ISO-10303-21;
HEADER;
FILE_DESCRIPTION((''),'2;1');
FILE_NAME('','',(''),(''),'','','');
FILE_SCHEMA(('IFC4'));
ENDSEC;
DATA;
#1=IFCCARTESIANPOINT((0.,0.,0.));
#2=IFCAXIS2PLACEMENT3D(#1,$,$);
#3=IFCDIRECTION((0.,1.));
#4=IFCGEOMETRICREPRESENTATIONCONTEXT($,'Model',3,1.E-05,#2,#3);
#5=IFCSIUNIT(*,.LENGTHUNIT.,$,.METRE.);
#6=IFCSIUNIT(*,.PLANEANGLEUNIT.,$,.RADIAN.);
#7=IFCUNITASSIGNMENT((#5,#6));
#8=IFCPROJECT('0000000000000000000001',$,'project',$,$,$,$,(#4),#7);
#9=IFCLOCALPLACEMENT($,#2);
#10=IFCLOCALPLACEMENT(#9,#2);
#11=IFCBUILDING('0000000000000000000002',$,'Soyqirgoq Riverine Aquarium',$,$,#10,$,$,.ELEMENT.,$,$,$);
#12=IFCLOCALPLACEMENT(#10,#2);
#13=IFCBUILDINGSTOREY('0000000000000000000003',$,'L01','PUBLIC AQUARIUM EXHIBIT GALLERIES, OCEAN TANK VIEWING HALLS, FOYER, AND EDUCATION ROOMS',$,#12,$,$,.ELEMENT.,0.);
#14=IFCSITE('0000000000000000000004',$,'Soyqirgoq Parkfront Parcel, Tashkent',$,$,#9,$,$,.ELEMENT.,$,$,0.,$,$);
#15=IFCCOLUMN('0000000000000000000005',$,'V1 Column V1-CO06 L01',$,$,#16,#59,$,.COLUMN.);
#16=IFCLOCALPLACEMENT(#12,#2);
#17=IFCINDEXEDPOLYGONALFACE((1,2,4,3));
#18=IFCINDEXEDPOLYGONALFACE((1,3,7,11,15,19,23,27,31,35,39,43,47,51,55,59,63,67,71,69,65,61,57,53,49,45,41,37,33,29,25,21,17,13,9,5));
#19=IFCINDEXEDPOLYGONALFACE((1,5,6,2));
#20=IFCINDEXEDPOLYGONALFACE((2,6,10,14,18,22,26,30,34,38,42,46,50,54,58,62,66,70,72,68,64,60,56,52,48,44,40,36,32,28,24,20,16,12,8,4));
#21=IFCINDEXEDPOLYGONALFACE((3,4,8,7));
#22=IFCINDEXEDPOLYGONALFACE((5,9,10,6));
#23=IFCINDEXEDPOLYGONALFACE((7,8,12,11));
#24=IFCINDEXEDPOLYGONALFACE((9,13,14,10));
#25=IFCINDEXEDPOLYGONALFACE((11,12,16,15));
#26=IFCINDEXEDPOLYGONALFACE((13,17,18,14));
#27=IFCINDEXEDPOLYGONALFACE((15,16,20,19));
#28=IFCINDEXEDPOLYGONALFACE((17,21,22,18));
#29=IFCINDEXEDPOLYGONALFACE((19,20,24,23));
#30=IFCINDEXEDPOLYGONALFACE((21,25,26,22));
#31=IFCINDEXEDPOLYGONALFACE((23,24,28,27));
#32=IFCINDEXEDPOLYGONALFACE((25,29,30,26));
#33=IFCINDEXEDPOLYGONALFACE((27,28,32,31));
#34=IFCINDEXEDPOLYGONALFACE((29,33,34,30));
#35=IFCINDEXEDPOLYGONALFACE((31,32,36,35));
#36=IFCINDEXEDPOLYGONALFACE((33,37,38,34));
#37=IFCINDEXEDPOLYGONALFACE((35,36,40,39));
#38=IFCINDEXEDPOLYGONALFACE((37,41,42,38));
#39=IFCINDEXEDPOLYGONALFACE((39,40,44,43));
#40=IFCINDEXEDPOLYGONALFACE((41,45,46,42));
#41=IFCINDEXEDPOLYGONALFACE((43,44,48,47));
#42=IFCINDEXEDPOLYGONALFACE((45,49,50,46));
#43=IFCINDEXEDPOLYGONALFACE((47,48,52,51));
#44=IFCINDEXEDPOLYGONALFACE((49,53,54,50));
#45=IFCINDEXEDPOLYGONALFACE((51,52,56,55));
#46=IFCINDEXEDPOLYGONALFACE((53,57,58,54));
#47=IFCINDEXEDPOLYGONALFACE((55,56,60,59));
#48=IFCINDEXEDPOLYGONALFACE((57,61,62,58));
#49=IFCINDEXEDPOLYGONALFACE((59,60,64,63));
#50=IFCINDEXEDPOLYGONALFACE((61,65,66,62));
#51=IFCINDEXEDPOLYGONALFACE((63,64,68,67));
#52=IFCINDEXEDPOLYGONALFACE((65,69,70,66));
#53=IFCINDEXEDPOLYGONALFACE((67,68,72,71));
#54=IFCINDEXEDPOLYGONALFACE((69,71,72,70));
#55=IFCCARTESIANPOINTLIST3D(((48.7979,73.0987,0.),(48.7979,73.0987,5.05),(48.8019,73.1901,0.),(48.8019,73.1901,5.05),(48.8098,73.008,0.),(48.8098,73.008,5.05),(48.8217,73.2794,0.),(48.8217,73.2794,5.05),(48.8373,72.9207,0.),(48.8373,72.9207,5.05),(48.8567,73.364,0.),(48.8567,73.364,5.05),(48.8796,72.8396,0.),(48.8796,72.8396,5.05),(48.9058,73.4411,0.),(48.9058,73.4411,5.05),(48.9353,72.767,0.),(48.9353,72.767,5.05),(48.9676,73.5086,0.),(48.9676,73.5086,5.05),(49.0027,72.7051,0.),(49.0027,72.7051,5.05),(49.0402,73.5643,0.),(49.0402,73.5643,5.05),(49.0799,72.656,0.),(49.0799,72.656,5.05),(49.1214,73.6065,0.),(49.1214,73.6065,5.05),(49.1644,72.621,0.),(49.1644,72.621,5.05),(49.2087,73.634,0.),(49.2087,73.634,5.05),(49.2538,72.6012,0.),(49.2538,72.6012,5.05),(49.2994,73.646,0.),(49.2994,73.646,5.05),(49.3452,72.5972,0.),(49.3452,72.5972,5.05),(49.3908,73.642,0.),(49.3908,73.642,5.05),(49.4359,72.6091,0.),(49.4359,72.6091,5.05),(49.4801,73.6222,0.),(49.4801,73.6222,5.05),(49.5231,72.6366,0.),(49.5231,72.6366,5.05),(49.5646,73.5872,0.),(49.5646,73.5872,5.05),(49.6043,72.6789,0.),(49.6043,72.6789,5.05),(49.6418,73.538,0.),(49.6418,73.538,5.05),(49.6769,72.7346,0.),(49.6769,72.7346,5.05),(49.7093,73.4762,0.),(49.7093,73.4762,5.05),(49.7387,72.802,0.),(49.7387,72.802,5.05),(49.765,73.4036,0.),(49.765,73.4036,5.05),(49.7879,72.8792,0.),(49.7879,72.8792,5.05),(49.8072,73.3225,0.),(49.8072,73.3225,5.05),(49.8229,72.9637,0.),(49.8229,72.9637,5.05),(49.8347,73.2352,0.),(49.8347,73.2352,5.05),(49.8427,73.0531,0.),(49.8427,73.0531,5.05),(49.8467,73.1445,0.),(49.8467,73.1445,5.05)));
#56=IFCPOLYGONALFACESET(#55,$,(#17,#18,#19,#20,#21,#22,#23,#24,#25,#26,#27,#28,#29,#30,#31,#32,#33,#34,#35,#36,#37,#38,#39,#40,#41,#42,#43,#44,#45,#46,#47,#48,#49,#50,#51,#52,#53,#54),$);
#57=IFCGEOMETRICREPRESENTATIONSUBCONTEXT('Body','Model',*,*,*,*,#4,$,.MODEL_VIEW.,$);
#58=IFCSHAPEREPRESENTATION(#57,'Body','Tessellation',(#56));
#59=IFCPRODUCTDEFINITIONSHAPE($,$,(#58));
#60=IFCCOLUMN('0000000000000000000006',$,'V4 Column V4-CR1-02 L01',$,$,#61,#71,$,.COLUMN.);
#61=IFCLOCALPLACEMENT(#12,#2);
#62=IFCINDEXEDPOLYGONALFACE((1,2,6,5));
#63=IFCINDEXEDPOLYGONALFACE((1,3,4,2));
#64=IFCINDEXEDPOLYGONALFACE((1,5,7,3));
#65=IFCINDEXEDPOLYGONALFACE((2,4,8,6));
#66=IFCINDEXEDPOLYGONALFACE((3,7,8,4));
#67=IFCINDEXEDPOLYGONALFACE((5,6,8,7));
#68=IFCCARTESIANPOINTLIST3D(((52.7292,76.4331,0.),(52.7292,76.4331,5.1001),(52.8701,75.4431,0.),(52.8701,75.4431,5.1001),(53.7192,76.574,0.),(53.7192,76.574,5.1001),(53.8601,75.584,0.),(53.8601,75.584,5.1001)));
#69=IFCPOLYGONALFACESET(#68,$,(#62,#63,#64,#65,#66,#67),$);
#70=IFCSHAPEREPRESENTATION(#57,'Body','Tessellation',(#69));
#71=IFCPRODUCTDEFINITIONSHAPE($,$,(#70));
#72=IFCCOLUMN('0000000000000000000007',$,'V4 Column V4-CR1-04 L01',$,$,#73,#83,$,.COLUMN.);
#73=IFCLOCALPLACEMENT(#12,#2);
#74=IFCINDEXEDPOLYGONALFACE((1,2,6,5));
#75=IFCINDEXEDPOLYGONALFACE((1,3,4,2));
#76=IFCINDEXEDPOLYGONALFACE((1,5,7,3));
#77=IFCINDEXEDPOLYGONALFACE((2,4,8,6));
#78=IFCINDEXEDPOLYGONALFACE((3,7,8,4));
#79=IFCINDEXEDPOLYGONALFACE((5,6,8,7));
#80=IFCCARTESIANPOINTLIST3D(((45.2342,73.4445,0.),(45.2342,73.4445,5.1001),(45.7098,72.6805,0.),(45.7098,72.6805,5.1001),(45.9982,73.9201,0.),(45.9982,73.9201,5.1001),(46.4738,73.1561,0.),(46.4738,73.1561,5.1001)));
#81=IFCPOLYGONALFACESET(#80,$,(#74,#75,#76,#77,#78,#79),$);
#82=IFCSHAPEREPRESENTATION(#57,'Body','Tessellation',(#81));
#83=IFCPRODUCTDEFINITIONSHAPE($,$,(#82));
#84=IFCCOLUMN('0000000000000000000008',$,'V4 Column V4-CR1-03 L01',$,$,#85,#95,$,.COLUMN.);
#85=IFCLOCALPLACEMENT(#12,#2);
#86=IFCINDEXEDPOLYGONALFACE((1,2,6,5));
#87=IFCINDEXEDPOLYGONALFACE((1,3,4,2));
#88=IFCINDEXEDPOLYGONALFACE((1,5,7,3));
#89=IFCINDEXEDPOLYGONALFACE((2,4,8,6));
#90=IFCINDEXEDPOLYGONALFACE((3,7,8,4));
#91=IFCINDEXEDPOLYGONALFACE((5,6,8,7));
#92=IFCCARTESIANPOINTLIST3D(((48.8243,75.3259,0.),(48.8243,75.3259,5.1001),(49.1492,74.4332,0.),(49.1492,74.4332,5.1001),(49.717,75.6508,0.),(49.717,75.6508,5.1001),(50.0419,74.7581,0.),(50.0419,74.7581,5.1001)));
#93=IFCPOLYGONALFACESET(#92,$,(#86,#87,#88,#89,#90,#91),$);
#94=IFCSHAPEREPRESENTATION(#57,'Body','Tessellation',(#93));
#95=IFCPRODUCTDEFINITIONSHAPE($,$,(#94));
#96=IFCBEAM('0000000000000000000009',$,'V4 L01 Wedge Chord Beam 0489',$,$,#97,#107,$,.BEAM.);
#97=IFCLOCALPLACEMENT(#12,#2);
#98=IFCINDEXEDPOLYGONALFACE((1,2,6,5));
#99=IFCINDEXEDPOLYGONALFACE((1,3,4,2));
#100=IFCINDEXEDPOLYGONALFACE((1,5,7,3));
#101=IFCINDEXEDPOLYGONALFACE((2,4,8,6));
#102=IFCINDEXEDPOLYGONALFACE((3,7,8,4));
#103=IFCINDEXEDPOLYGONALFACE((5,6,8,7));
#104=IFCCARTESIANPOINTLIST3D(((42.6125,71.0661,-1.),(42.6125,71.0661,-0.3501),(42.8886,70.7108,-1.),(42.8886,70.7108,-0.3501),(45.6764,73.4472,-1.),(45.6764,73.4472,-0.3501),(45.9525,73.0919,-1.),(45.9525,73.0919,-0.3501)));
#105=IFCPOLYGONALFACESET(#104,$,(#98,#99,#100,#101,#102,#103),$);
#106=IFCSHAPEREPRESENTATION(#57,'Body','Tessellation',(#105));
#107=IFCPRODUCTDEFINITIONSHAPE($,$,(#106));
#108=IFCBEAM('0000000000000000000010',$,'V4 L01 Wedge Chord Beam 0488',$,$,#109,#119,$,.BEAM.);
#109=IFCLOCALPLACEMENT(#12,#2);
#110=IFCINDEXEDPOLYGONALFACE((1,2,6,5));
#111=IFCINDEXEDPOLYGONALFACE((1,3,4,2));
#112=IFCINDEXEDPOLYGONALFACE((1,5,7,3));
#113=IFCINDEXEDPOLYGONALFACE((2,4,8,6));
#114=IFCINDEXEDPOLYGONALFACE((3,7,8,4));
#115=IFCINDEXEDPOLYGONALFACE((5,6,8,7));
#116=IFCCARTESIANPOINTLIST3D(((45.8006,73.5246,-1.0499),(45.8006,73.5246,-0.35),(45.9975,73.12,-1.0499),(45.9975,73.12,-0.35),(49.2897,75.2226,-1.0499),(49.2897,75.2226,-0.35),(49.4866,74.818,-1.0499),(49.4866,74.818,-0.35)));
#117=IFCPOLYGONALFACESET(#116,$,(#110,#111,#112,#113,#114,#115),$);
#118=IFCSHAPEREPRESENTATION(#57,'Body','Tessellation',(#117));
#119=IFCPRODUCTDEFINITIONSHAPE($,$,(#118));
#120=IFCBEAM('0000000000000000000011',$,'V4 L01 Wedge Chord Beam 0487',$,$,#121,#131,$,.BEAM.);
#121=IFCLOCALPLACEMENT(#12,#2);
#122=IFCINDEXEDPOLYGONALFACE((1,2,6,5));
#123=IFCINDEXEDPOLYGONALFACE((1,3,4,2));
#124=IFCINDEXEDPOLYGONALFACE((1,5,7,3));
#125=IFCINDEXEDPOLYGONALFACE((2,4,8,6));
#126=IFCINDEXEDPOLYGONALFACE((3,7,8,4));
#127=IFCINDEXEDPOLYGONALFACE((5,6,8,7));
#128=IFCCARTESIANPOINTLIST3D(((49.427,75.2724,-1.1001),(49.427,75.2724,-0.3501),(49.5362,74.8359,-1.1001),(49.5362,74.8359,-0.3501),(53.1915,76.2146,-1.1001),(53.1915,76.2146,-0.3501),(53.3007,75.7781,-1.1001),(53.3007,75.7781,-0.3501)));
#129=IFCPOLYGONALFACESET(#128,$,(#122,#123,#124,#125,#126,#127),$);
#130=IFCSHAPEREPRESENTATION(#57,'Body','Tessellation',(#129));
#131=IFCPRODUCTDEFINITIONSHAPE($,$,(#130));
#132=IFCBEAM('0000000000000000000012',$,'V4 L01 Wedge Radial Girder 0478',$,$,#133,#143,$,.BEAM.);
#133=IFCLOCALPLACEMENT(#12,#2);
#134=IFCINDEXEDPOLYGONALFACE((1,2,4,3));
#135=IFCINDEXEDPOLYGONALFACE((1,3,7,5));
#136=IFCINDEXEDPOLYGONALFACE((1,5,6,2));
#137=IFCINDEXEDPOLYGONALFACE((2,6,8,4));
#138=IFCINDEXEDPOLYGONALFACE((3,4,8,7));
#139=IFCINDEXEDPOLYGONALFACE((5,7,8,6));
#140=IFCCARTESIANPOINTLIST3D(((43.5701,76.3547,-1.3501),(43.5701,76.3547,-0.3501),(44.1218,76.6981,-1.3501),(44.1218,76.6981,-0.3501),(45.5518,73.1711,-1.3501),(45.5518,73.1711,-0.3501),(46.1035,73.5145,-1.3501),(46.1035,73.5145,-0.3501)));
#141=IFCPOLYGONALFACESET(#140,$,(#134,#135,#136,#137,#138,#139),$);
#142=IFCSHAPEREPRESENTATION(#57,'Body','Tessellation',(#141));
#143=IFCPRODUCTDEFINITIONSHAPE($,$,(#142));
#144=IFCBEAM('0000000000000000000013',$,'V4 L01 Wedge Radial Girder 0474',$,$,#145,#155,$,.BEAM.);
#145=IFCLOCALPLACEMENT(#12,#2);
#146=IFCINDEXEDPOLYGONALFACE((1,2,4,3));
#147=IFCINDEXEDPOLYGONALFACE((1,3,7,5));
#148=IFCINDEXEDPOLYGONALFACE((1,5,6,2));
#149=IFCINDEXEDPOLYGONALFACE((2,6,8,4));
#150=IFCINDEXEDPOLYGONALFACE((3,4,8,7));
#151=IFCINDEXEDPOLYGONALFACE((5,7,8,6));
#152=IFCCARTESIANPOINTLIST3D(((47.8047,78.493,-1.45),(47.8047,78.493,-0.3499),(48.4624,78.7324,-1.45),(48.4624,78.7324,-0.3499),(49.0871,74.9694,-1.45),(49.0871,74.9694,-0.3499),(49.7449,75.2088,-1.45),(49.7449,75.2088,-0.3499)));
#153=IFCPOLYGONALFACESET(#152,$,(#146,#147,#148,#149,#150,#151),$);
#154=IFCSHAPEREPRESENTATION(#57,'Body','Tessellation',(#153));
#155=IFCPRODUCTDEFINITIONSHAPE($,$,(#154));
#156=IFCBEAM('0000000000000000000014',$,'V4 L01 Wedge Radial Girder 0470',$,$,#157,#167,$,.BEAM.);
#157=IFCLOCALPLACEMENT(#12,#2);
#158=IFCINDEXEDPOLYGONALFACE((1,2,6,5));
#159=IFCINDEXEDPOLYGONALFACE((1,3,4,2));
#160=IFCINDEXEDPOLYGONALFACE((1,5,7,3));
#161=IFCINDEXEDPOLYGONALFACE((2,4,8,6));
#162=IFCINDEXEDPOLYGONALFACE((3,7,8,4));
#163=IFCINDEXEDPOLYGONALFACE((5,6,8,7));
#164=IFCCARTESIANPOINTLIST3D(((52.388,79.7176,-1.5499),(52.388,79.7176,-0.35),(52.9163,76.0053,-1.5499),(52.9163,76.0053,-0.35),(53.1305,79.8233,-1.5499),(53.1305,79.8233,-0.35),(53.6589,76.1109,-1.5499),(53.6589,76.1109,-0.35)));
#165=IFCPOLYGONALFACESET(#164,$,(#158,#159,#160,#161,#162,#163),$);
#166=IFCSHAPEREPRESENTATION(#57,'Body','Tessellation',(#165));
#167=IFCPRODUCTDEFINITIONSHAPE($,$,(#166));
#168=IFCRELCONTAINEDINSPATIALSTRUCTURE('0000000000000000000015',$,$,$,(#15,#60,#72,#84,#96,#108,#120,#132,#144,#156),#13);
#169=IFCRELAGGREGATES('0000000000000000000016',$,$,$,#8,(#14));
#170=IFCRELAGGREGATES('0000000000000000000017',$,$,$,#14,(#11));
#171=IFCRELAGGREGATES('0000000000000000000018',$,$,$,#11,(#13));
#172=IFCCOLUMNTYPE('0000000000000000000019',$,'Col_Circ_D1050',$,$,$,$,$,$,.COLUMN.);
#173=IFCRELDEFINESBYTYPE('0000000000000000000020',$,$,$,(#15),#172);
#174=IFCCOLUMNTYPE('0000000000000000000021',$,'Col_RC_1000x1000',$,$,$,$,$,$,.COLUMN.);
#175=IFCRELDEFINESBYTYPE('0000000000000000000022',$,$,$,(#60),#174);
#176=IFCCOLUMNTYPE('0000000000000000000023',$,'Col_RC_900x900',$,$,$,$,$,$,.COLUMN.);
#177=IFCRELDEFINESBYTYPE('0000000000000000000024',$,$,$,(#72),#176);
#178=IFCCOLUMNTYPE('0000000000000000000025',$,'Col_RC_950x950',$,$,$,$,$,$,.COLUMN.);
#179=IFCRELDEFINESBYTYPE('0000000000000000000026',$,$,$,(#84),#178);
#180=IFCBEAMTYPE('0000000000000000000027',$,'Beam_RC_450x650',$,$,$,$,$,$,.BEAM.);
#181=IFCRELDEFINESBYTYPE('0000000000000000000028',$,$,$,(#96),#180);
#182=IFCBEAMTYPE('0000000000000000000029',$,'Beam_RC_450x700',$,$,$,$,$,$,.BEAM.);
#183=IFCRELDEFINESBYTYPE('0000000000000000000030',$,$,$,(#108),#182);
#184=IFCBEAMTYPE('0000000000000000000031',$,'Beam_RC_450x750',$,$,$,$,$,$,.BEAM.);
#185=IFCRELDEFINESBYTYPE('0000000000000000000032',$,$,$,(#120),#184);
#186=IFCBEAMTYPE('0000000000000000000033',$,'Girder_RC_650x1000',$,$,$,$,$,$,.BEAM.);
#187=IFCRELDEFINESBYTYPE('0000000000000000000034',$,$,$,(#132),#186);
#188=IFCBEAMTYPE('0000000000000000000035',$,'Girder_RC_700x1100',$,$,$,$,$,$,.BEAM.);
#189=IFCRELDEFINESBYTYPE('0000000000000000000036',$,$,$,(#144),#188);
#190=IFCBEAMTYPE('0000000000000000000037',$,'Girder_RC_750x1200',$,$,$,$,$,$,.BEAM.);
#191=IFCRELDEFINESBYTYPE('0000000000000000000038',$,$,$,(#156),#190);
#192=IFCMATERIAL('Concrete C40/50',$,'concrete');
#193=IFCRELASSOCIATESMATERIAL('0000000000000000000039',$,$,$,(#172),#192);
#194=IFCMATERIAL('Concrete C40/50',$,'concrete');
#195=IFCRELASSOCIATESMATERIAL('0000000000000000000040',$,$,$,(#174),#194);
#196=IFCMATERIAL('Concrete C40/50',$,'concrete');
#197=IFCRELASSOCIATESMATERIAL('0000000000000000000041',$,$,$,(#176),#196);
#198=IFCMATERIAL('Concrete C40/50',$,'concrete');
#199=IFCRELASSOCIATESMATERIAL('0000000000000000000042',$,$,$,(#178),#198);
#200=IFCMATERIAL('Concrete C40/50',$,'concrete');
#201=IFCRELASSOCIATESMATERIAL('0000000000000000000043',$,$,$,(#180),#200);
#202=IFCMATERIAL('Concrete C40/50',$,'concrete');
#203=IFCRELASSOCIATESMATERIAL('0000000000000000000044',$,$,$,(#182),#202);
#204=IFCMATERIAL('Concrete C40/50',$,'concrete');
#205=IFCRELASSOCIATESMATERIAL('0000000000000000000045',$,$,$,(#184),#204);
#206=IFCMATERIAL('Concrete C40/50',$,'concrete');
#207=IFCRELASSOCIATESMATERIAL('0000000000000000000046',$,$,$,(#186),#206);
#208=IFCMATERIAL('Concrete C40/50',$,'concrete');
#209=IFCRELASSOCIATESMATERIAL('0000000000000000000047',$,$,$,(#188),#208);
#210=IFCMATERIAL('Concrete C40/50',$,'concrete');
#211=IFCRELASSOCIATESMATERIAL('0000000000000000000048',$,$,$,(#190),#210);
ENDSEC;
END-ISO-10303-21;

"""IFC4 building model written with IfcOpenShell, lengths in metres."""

from ifc_helpers import new_model, si_unit, direction, frame, origin, origin_2d, place, context, subcontext, project, spatial, rectangle, circle, extrude, material, material_profile, profile_set, type_object, element, save


model = new_model("IFC4")

# Units and contexts
model_context = context("Model", 3, precision=1e-05, world=origin(), true_north=direction((0.0, 1.0)))
body_context = subcontext(model_context, "Body", "Model", "MODEL_VIEW")
ifc_project = project(units=[si_unit("LENGTHUNIT", "METRE"), si_unit("PLANEANGLEUNIT", "RADIAN")], contexts=[model_context])

# Site, building, storey
site_placement = place(None, origin())
site = spatial("IfcSite", under=ifc_project, at=site_placement, Name="Soyqirgoq Parkfront Parcel, Tashkent", CompositionType="ELEMENT", RefElevation=0.0)
building_placement = place(site_placement, origin())
building = spatial("IfcBuilding", under=site, at=building_placement, Name="Soyqirgoq Riverine Aquarium", CompositionType="ELEMENT")
storey_placement = place(building_placement, origin())
storey = spatial("IfcBuildingStorey", under=building, at=storey_placement, Name="L01", Description="PUBLIC AQUARIUM EXHIBIT GALLERIES, OCEAN TANK VIEWING HALLS, FOYER, AND EDUCATION ROOMS", CompositionType="ELEMENT", Elevation=0.0)

# Columns
ifc_material_1 = material(Name="Concrete C40/50", Category="concrete")
ifc_material_profile_1 = material_profile(ifc_material_1, circle(Radius=0.5249, at=origin_2d()), Name="RC-COL D1050")
ifc_profile_set_1 = profile_set([ifc_material_profile_1], Name="Concrete C40/50")
column_type_1 = type_object("IfcColumnType", Name="Col_Circ_D1050", PredefinedType="COLUMN", material=ifc_profile_set_1)
column_1_placement = place(storey_placement, frame((49.3223, 73.1216, 0.0), z_axis=(0.0, 0.0, 1.0), x_axis=(-0.382683, 0.92388, 0.0)))
element("IfcColumn", 1, at=column_1_placement, inside=storey, type_object=column_type_1, Name="V1 Column V1-CO06 L01", PredefinedType="COLUMN", context=body_context, shape_type="SweptSolid", body=[
    extrude(circle(Radius=0.5249, at=origin_2d()), origin(), (0.0, 0.0, 1.0), 5.05),
])
ifc_material_2 = material(Name="Concrete C40/50", Category="concrete")
ifc_material_profile_2 = material_profile(ifc_material_2, rectangle(XDim=1.0, YDim=1.0, at=origin_2d()), Name="RC 1000x1000")
ifc_profile_set_2 = profile_set([ifc_material_profile_2], Name="Concrete C40/50")
column_type_2 = type_object("IfcColumnType", Name="Col_RC_1000x1000", PredefinedType="COLUMN", material=ifc_profile_set_2)
column_2_placement = place(storey_placement, frame((53.2947, 76.0085, 0.0), z_axis=(0.0, 0.0, 1.0), x_axis=(-0.140901, 0.990024, 0.0)))
element("IfcColumn", 2, at=column_2_placement, inside=storey, type_object=column_type_2, Name="V4 Column V4-CR1-02 L01", PredefinedType="COLUMN", context=body_context, shape_type="SweptSolid", body=[
    extrude(rectangle(XDim=1.0, YDim=1.0, at=origin_2d()), origin(), (0.0, 0.0, 1.0), 5.1001),
])
ifc_material_3 = material(Name="Concrete C40/50", Category="concrete")
ifc_material_profile_3 = material_profile(ifc_material_3, rectangle(XDim=0.8999, YDim=0.8999, at=origin_2d()), Name="RC 900x900")
ifc_profile_set_3 = profile_set([ifc_material_profile_3], Name="Concrete C40/50")
column_type_3 = type_object("IfcColumnType", Name="Col_RC_900x900", PredefinedType="COLUMN", material=ifc_profile_set_3)
column_3_placement = place(storey_placement, frame((45.854, 73.3003, 0.0), z_axis=(0.0, 0.0, 1.0), x_axis=(-0.528438, 0.848972, 0.0)))
element("IfcColumn", 3, at=column_3_placement, inside=storey, type_object=column_type_3, Name="V4 Column V4-CR1-04 L01", PredefinedType="COLUMN", context=body_context, shape_type="SweptSolid", body=[
    extrude(rectangle(XDim=0.8999, YDim=0.8999, at=origin_2d()), origin(), (0.0, 0.0, 1.0), 5.1001),
])
ifc_material_4 = material(Name="Concrete C40/50", Category="concrete")
ifc_material_profile_4 = material_profile(ifc_material_4, rectangle(XDim=0.95, YDim=0.95, at=origin_2d()), Name="RC 950x950")
ifc_profile_set_4 = profile_set([ifc_material_profile_4], Name="Concrete C40/50")
column_type_4 = type_object("IfcColumnType", Name="Col_RC_950x950", PredefinedType="COLUMN", material=ifc_profile_set_4)
column_4_placement = place(storey_placement, frame((49.4331, 75.042, 0.0), z_axis=(0.0, 0.0, 1.0), x_axis=(-0.34202, 0.939693, 0.0)))
element("IfcColumn", 4, at=column_4_placement, inside=storey, type_object=column_type_4, Name="V4 Column V4-CR1-03 L01", PredefinedType="COLUMN", context=body_context, shape_type="SweptSolid", body=[
    extrude(rectangle(XDim=0.95, YDim=0.95, at=origin_2d()), origin(), (0.0, 0.0, 1.0), 5.1001),
])

# Beams
ifc_material_5 = material(Name="Concrete C40/50", Category="concrete")
ifc_material_profile_5 = material_profile(ifc_material_5, rectangle(XDim=0.45, YDim=0.6499, at=origin_2d()), Name="RC 450x650")
ifc_profile_set_5 = profile_set([ifc_material_profile_5], Name="Concrete C40/50")
beam_type_1 = type_object("IfcBeamType", Name="Beam_RC_450x650", PredefinedType="BEAM", material=ifc_profile_set_5)
beam_1_placement = place(storey_placement, frame((45.8145, 73.2695, -0.675), z_axis=(-0.789599, -0.613623, 0.0), x_axis=(0.613623, -0.789599, 0.0)))
element("IfcBeam", 5, at=beam_1_placement, inside=storey, type_object=beam_type_1, Name="V4 L01 Wedge Chord Beam 0489", PredefinedType="BEAM", context=body_context, shape_type="SweptSolid", body=[
    extrude(rectangle(XDim=0.45, YDim=0.6499, at=origin_2d()), origin(), (0.0, 0.0, 1.0), 3.8804),
])
ifc_material_6 = material(Name="Concrete C40/50", Category="concrete")
ifc_material_profile_6 = material_profile(ifc_material_6, rectangle(XDim=0.45, YDim=0.7, at=origin_2d()), Name="RC 450x700")
ifc_profile_set_6 = profile_set([ifc_material_profile_6], Name="Concrete C40/50")
beam_type_2 = type_object("IfcBeamType", Name="Beam_RC_450x700", PredefinedType="BEAM", material=ifc_profile_set_6)
beam_2_placement = place(storey_placement, frame((49.3882, 75.0203, -0.7), z_axis=(-0.899182, -0.437574, 0.0), x_axis=(0.437574, -0.899182, 0.0)))
element("IfcBeam", 6, at=beam_2_placement, inside=storey, type_object=beam_type_2, Name="V4 L01 Wedge Chord Beam 0488", PredefinedType="BEAM", context=body_context, shape_type="SweptSolid", body=[
    extrude(rectangle(XDim=0.45, YDim=0.7, at=origin_2d()), origin(), (0.0, 0.0, 1.0), 3.8804),
])
ifc_material_7 = material(Name="Concrete C40/50", Category="concrete")
ifc_material_profile_7 = material_profile(ifc_material_7, rectangle(XDim=0.45, YDim=0.75, at=origin_2d()), Name="RC 450x750")
ifc_profile_set_7 = profile_set([ifc_material_profile_7], Name="Concrete C40/50")
beam_type_3 = type_object("IfcBeamType", Name="Beam_RC_450x750", PredefinedType="BEAM", material=ifc_profile_set_7)
beam_3_placement = place(storey_placement, frame((53.2461, 75.9963, -0.7251), z_axis=(-0.97008, -0.242787, 0.0), x_axis=(0.242787, -0.97008, 0.0)))
element("IfcBeam", 7, at=beam_3_placement, inside=storey, type_object=beam_type_3, Name="V4 L01 Wedge Chord Beam 0487", PredefinedType="BEAM", context=body_context, shape_type="SweptSolid", body=[
    extrude(rectangle(XDim=0.45, YDim=0.75, at=origin_2d()), origin(), (0.0, 0.0, 1.0), 3.8806),
])
ifc_material_8 = material(Name="Concrete C40/50", Category="concrete")
ifc_material_profile_8 = material_profile(ifc_material_8, rectangle(XDim=0.6499, YDim=1.0, at=origin_2d()), Name="RC 650x1000")
ifc_profile_set_8 = profile_set([ifc_material_profile_8], Name="Concrete C40/50")
beam_type_4 = type_object("IfcBeamType", Name="Girder_RC_650x1000", PredefinedType="BEAM", material=ifc_profile_set_8)
beam_4_placement = place(storey_placement, frame((45.8276, 73.3428, -0.8501), z_axis=(-0.528453, 0.848962, 0.0), x_axis=(-0.848962, -0.528453, 0.0)))
element("IfcBeam", 8, at=beam_4_placement, inside=storey, type_object=beam_type_4, Name="V4 L01 Wedge Radial Girder 0478", PredefinedType="BEAM", context=body_context, shape_type="SweptSolid", body=[
    extrude(rectangle(XDim=0.6499, YDim=1.0, at=origin_2d()), origin(), (0.0, 0.0, 1.0), 3.75),
])
ifc_material_9 = material(Name="Concrete C40/50", Category="concrete")
ifc_material_profile_9 = material_profile(ifc_material_9, rectangle(XDim=0.7, YDim=1.1001, at=origin_2d()), Name="RC 700x1100")
ifc_profile_set_9 = profile_set([ifc_material_profile_9], Name="Concrete C40/50")
beam_type_5 = type_object("IfcBeamType", Name="Girder_RC_700x1100", PredefinedType="BEAM", material=ifc_profile_set_9)
beam_5_placement = place(storey_placement, frame((49.416, 75.0891, -0.8999), z_axis=(-0.34201, 0.939696, 0.0), x_axis=(-0.939696, -0.34201, 0.0)))
element("IfcBeam", 9, at=beam_5_placement, inside=storey, type_object=beam_type_5, Name="V4 L01 Wedge Radial Girder 0474", PredefinedType="BEAM", context=body_context, shape_type="SweptSolid", body=[
    extrude(rectangle(XDim=0.7, YDim=1.1001, at=origin_2d()), origin(), (0.0, 0.0, 1.0), 3.7498),
])
ifc_material_10 = material(Name="Concrete C40/50", Category="concrete")
ifc_material_profile_10 = material_profile(ifc_material_10, rectangle(XDim=0.75, YDim=1.2, at=origin_2d()), Name="RC 750x1200")
ifc_profile_set_10 = profile_set([ifc_material_profile_10], Name="Concrete C40/50")
beam_type_6 = type_object("IfcBeamType", Name="Girder_RC_750x1200", PredefinedType="BEAM", material=ifc_profile_set_10)
beam_6_placement = place(storey_placement, frame((53.2876, 76.0581, -0.95), z_axis=(-0.140893, 0.990025, 0.0), x_axis=(-0.990025, -0.140893, 0.0)))
element("IfcBeam", 10, at=beam_6_placement, inside=storey, type_object=beam_type_6, Name="V4 L01 Wedge Radial Girder 0470", PredefinedType="BEAM", context=body_context, shape_type="SweptSolid", body=[
    extrude(rectangle(XDim=0.75, YDim=1.2, at=origin_2d()), origin(), (0.0, 0.0, 1.0), 3.7498),
])

save(model, "model.ifc")
